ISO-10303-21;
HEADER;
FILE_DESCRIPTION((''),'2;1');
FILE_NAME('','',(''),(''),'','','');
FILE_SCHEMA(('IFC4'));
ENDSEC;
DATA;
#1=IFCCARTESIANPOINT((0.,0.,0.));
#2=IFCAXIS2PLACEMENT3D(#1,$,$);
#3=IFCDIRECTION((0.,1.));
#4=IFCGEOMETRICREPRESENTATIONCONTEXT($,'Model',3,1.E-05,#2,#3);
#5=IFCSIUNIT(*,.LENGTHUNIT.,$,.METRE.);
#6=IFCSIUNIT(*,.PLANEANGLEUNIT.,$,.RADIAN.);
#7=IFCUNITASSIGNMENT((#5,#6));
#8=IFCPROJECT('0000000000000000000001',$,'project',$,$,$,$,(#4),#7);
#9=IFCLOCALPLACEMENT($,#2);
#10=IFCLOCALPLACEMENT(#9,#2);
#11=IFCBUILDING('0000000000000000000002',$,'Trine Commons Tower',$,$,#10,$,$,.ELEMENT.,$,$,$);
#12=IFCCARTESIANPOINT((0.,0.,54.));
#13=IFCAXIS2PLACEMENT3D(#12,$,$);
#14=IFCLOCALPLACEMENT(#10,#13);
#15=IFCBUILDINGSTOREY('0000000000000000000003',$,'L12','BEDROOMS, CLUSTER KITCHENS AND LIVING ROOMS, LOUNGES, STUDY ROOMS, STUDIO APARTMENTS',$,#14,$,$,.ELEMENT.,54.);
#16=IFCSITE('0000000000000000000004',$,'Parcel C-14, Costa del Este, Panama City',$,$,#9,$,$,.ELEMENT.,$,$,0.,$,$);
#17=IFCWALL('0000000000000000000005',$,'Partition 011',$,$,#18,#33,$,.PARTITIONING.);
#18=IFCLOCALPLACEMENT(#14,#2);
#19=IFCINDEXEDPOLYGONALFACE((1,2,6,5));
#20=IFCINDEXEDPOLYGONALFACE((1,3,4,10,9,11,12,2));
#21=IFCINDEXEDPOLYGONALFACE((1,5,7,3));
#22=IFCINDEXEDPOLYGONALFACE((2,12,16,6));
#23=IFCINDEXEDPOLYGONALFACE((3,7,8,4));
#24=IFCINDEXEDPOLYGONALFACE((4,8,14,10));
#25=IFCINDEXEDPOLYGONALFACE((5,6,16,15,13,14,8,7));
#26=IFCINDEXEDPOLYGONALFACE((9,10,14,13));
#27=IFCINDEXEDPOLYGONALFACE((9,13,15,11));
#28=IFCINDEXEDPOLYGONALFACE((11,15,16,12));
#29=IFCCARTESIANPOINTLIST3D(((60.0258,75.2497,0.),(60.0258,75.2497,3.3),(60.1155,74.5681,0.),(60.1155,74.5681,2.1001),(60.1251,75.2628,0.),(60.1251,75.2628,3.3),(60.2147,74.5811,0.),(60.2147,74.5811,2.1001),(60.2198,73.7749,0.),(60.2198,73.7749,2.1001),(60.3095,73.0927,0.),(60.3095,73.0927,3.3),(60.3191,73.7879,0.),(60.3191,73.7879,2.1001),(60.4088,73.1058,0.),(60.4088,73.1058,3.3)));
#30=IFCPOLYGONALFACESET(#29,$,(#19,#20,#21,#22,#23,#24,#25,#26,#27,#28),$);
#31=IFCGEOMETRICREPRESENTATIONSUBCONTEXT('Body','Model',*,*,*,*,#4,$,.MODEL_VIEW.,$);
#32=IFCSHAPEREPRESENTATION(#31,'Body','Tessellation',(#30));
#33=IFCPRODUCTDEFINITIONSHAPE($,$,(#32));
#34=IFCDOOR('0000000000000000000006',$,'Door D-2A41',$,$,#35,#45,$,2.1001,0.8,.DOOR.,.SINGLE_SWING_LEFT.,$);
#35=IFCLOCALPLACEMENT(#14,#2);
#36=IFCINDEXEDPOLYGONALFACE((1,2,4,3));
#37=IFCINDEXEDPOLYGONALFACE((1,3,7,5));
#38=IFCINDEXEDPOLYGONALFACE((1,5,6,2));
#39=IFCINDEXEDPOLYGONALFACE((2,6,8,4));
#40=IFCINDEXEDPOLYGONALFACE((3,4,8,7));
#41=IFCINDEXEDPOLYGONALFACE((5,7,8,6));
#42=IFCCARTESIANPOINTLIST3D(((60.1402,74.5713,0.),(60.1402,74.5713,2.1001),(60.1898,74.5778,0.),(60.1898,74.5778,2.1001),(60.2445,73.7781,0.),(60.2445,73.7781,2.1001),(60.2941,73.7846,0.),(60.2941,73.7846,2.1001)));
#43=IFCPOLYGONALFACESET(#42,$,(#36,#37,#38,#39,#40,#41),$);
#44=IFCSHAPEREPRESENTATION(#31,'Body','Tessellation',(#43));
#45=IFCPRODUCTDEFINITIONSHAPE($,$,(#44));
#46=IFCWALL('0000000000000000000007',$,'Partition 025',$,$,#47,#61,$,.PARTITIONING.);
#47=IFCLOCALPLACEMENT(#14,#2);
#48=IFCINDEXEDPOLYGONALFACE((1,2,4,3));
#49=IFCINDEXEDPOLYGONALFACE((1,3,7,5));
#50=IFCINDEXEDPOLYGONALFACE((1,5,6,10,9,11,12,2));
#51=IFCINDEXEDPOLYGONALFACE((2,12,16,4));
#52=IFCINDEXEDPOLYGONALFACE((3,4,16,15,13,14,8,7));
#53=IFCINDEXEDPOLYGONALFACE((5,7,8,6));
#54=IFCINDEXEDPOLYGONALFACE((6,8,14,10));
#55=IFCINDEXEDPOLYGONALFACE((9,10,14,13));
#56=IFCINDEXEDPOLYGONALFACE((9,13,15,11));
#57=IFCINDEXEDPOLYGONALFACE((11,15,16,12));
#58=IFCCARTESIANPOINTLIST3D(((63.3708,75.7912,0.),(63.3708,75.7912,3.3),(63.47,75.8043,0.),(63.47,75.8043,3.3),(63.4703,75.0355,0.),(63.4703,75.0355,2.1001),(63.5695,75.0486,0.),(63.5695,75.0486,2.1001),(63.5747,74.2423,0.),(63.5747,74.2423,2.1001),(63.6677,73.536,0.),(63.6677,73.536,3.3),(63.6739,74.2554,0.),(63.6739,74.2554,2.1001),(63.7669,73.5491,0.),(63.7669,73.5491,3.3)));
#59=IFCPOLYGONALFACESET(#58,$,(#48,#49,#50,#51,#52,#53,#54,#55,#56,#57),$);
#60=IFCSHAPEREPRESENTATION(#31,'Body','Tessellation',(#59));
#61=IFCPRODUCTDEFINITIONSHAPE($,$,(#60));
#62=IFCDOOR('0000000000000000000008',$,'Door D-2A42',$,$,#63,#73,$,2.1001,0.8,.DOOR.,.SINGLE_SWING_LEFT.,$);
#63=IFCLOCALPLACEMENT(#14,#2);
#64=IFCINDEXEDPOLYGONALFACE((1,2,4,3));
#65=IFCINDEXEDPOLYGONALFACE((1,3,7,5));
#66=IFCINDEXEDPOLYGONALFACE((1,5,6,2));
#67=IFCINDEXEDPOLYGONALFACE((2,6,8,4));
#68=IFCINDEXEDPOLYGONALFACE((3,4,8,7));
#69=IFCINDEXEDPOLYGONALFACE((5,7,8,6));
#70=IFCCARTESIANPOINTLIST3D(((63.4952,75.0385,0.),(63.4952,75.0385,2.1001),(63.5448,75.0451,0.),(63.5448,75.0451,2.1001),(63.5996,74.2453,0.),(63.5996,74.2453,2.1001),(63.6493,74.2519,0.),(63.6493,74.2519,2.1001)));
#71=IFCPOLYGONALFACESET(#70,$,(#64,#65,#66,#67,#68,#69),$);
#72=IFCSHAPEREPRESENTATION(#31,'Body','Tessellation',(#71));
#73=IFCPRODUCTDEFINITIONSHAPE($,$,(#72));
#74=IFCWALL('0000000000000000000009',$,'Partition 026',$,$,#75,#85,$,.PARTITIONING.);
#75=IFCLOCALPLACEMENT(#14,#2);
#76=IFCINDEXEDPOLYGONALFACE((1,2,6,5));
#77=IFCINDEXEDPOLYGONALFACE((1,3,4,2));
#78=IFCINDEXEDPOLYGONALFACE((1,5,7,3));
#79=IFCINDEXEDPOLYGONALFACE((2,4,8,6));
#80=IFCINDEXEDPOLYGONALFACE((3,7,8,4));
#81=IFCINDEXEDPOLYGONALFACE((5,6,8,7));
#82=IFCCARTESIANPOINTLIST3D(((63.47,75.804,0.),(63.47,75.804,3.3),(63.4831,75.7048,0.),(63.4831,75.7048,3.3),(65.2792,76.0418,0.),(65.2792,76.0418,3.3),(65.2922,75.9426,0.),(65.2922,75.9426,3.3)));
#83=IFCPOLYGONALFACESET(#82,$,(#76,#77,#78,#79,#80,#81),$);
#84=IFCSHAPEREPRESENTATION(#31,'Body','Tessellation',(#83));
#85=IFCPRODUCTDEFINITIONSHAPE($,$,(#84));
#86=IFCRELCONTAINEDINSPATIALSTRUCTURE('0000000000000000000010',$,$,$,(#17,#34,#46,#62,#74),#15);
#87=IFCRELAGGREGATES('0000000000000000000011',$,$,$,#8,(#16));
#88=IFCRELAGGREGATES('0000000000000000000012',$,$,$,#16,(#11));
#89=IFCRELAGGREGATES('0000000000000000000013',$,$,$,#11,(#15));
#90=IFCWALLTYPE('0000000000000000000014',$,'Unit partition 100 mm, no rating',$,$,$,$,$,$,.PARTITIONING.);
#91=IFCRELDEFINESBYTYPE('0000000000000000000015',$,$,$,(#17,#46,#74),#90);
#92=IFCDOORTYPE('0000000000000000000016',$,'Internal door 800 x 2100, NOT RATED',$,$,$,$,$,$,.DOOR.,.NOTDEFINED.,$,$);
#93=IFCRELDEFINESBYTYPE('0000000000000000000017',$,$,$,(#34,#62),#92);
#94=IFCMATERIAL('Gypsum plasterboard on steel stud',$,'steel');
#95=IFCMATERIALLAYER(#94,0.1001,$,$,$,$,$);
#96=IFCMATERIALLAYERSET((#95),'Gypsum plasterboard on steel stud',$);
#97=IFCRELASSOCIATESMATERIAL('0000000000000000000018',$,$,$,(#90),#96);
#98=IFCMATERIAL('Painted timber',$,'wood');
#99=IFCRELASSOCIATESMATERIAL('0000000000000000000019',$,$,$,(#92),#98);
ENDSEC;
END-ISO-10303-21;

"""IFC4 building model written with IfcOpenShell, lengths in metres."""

from ifc_helpers import new_model, si_unit, direction, frame, frame_2d, origin, place, context, subcontext, project, spatial, rectangle, extrude, material, layer, layer_set, type_object, element, fill, save


model = new_model("IFC4")

# Units and contexts
model_context = context("Model", 3, precision=1e-05, world=origin(), true_north=direction((0.0, 1.0)))
body_context = subcontext(model_context, "Body", "Model", "MODEL_VIEW")
ifc_project = project(units=[si_unit("LENGTHUNIT", "METRE"), si_unit("PLANEANGLEUNIT", "RADIAN")], contexts=[model_context])

# Site, building, storey
site_placement = place(None, origin())
site = spatial("IfcSite", under=ifc_project, at=site_placement, Name="Parcel C-14, Costa del Este, Panama City", CompositionType="ELEMENT", RefElevation=0.0)
building_placement = place(site_placement, origin())
building = spatial("IfcBuilding", under=site, at=building_placement, Name="Trine Commons Tower", CompositionType="ELEMENT")
storey_placement = place(building_placement, frame((0.0, 0.0, 54.0)))
storey = spatial("IfcBuildingStorey", under=building, at=storey_placement, Name="L12", Description="BEDROOMS, CLUSTER KITCHENS AND LIVING ROOMS, LOUNGES, STUDY ROOMS, STUDIO APARTMENTS", CompositionType="ELEMENT", Elevation=54.0)

# Shared definitions
ifc_material_1 = material(Name="Gypsum plasterboard on steel stud", Category="steel")

# Shared definitions
ifc_layer_1 = layer(ifc_material_1, 0.1001)
ifc_layer_set_1 = layer_set([ifc_layer_1], Name="Gypsum plasterboard on steel stud")
wall_type_1 = type_object("IfcWallType", Name="Unit partition 100 mm, no rating", PredefinedType="PARTITIONING", material=ifc_layer_set_1)

# Walls, openings, doors
wall_1_placement = place(storey_placement, frame((60.0754, 75.2563, 0.0), z_axis=(0.0, 0.0, 1.0), x_axis=(0.130399, -0.991462, 0.0)))
wall_1 = element("IfcWall", 1, at=wall_1_placement, inside=storey, type_object=wall_type_1, Name="Partition 011", PredefinedType="PARTITIONING", context=body_context, shape_type="SweptSolid", body=[
    extrude(rectangle(XDim=2.1755, YDim=0.1001, at=frame_2d((1.0879, 0.0))), origin(), (0.0, 0.0, 1.0), 3.3),
])
opening_1_placement = place(wall_1_placement, frame((0.6877, 0.0, 0.0)))
opening_1 = element("IfcOpeningElement", 2, at=opening_1_placement, cuts=wall_1, PredefinedType="OPENING", context=body_context, shape_type="SweptSolid", body=[
    extrude(rectangle(XDim=0.8, YDim=2.1001, at=frame_2d((0.3999, 1.05))), frame((0.0, 0.0601, 0.0), z_axis=(0.0, -1.0, 0.0), x_axis=(1.0, 0.0, 0.0)), (0.0, 0.0, 1.0), 0.1201),
])
ifc_material_2 = material(Name="Painted timber", Category="wood")
door_type_1 = type_object("IfcDoorType", Name="Internal door 800 x 2100, NOT RATED", OperationType="NOTDEFINED", PredefinedType="DOOR", material=ifc_material_2)
door_1_placement = place(opening_1_placement, origin())
door_1 = element("IfcDoor", 3, at=door_1_placement, inside=storey, type_object=door_type_1, Name="Door D-2A41", OperationType="SINGLE_SWING_LEFT", OverallHeight=2.1001, OverallWidth=0.8, PredefinedType="DOOR", context=body_context, shape_type="SweptSolid", body=[
    extrude(rectangle(XDim=0.8, YDim=2.1001, at=frame_2d((0.3999, 1.05))), frame((0.0, 0.0249, 0.0), z_axis=(0.0, -1.0, 0.0), x_axis=(1.0, 0.0, 0.0)), (0.0, 0.0, 1.0), 0.05),
])
fill(opening_1, door_1)
wall_2_placement = place(storey_placement, frame((63.4204, 75.7976, 0.0), z_axis=(0.0, 0.0, 1.0), x_axis=(0.130518, -0.991446, 0.0)))
wall_2 = element("IfcWall", 4, at=wall_2_placement, inside=storey, type_object=wall_type_1, Name="Partition 025", PredefinedType="PARTITIONING", context=body_context, shape_type="SweptSolid", body=[
    extrude(rectangle(XDim=2.2747, YDim=0.1001, at=frame_2d((1.1372, 0.0))), origin(), (0.0, 0.0, 1.0), 3.3),
])
opening_2_placement = place(wall_2_placement, frame((0.7622, 0.0, 0.0)))
opening_2 = element("IfcOpeningElement", 5, at=opening_2_placement, cuts=wall_2, PredefinedType="OPENING", context=body_context, shape_type="SweptSolid", body=[
    extrude(rectangle(XDim=0.8, YDim=2.1001, at=frame_2d((0.3999, 1.05))), frame((0.0, 0.0601, 0.0), z_axis=(0.0, -1.0, 0.0), x_axis=(1.0, 0.0, 0.0)), (0.0, 0.0, 1.0), 0.1201),
])
door_2_placement = place(opening_2_placement, frame((0.8, 0.0, 0.0), z_axis=(0.0, 0.0, 1.0), x_axis=(-1.0, 0.0, 0.0)))
door_2 = element("IfcDoor", 6, at=door_2_placement, inside=storey, type_object=door_type_1, Name="Door D-2A42", OperationType="SINGLE_SWING_LEFT", OverallHeight=2.1001, OverallWidth=0.8, PredefinedType="DOOR", context=body_context, shape_type="SweptSolid", body=[
    extrude(rectangle(XDim=0.8, YDim=2.1001, at=frame_2d((0.3999, 1.05))), frame((0.0, 0.0249, 0.0), z_axis=(0.0, -1.0, 0.0), x_axis=(1.0, 0.0, 0.0)), (0.0, 0.0, 1.0), 0.05),
])
fill(opening_2, door_2)

# Wall
wall_3_placement = place(storey_placement, frame((63.4766, 75.7544, 0.0), z_axis=(0.0, 0.0, 1.0), x_axis=(0.991472, 0.130323, 0.0)))
element("IfcWall", 7, at=wall_3_placement, inside=storey, type_object=wall_type_1, Name="Partition 026", PredefinedType="PARTITIONING", context=body_context, shape_type="SweptSolid", body=[
    extrude(rectangle(XDim=1.8247, YDim=0.1001, at=frame_2d((0.9124, 0.0))), origin(), (0.0, 0.0, 1.0), 3.3),
])

save(model, "model.ifc")
